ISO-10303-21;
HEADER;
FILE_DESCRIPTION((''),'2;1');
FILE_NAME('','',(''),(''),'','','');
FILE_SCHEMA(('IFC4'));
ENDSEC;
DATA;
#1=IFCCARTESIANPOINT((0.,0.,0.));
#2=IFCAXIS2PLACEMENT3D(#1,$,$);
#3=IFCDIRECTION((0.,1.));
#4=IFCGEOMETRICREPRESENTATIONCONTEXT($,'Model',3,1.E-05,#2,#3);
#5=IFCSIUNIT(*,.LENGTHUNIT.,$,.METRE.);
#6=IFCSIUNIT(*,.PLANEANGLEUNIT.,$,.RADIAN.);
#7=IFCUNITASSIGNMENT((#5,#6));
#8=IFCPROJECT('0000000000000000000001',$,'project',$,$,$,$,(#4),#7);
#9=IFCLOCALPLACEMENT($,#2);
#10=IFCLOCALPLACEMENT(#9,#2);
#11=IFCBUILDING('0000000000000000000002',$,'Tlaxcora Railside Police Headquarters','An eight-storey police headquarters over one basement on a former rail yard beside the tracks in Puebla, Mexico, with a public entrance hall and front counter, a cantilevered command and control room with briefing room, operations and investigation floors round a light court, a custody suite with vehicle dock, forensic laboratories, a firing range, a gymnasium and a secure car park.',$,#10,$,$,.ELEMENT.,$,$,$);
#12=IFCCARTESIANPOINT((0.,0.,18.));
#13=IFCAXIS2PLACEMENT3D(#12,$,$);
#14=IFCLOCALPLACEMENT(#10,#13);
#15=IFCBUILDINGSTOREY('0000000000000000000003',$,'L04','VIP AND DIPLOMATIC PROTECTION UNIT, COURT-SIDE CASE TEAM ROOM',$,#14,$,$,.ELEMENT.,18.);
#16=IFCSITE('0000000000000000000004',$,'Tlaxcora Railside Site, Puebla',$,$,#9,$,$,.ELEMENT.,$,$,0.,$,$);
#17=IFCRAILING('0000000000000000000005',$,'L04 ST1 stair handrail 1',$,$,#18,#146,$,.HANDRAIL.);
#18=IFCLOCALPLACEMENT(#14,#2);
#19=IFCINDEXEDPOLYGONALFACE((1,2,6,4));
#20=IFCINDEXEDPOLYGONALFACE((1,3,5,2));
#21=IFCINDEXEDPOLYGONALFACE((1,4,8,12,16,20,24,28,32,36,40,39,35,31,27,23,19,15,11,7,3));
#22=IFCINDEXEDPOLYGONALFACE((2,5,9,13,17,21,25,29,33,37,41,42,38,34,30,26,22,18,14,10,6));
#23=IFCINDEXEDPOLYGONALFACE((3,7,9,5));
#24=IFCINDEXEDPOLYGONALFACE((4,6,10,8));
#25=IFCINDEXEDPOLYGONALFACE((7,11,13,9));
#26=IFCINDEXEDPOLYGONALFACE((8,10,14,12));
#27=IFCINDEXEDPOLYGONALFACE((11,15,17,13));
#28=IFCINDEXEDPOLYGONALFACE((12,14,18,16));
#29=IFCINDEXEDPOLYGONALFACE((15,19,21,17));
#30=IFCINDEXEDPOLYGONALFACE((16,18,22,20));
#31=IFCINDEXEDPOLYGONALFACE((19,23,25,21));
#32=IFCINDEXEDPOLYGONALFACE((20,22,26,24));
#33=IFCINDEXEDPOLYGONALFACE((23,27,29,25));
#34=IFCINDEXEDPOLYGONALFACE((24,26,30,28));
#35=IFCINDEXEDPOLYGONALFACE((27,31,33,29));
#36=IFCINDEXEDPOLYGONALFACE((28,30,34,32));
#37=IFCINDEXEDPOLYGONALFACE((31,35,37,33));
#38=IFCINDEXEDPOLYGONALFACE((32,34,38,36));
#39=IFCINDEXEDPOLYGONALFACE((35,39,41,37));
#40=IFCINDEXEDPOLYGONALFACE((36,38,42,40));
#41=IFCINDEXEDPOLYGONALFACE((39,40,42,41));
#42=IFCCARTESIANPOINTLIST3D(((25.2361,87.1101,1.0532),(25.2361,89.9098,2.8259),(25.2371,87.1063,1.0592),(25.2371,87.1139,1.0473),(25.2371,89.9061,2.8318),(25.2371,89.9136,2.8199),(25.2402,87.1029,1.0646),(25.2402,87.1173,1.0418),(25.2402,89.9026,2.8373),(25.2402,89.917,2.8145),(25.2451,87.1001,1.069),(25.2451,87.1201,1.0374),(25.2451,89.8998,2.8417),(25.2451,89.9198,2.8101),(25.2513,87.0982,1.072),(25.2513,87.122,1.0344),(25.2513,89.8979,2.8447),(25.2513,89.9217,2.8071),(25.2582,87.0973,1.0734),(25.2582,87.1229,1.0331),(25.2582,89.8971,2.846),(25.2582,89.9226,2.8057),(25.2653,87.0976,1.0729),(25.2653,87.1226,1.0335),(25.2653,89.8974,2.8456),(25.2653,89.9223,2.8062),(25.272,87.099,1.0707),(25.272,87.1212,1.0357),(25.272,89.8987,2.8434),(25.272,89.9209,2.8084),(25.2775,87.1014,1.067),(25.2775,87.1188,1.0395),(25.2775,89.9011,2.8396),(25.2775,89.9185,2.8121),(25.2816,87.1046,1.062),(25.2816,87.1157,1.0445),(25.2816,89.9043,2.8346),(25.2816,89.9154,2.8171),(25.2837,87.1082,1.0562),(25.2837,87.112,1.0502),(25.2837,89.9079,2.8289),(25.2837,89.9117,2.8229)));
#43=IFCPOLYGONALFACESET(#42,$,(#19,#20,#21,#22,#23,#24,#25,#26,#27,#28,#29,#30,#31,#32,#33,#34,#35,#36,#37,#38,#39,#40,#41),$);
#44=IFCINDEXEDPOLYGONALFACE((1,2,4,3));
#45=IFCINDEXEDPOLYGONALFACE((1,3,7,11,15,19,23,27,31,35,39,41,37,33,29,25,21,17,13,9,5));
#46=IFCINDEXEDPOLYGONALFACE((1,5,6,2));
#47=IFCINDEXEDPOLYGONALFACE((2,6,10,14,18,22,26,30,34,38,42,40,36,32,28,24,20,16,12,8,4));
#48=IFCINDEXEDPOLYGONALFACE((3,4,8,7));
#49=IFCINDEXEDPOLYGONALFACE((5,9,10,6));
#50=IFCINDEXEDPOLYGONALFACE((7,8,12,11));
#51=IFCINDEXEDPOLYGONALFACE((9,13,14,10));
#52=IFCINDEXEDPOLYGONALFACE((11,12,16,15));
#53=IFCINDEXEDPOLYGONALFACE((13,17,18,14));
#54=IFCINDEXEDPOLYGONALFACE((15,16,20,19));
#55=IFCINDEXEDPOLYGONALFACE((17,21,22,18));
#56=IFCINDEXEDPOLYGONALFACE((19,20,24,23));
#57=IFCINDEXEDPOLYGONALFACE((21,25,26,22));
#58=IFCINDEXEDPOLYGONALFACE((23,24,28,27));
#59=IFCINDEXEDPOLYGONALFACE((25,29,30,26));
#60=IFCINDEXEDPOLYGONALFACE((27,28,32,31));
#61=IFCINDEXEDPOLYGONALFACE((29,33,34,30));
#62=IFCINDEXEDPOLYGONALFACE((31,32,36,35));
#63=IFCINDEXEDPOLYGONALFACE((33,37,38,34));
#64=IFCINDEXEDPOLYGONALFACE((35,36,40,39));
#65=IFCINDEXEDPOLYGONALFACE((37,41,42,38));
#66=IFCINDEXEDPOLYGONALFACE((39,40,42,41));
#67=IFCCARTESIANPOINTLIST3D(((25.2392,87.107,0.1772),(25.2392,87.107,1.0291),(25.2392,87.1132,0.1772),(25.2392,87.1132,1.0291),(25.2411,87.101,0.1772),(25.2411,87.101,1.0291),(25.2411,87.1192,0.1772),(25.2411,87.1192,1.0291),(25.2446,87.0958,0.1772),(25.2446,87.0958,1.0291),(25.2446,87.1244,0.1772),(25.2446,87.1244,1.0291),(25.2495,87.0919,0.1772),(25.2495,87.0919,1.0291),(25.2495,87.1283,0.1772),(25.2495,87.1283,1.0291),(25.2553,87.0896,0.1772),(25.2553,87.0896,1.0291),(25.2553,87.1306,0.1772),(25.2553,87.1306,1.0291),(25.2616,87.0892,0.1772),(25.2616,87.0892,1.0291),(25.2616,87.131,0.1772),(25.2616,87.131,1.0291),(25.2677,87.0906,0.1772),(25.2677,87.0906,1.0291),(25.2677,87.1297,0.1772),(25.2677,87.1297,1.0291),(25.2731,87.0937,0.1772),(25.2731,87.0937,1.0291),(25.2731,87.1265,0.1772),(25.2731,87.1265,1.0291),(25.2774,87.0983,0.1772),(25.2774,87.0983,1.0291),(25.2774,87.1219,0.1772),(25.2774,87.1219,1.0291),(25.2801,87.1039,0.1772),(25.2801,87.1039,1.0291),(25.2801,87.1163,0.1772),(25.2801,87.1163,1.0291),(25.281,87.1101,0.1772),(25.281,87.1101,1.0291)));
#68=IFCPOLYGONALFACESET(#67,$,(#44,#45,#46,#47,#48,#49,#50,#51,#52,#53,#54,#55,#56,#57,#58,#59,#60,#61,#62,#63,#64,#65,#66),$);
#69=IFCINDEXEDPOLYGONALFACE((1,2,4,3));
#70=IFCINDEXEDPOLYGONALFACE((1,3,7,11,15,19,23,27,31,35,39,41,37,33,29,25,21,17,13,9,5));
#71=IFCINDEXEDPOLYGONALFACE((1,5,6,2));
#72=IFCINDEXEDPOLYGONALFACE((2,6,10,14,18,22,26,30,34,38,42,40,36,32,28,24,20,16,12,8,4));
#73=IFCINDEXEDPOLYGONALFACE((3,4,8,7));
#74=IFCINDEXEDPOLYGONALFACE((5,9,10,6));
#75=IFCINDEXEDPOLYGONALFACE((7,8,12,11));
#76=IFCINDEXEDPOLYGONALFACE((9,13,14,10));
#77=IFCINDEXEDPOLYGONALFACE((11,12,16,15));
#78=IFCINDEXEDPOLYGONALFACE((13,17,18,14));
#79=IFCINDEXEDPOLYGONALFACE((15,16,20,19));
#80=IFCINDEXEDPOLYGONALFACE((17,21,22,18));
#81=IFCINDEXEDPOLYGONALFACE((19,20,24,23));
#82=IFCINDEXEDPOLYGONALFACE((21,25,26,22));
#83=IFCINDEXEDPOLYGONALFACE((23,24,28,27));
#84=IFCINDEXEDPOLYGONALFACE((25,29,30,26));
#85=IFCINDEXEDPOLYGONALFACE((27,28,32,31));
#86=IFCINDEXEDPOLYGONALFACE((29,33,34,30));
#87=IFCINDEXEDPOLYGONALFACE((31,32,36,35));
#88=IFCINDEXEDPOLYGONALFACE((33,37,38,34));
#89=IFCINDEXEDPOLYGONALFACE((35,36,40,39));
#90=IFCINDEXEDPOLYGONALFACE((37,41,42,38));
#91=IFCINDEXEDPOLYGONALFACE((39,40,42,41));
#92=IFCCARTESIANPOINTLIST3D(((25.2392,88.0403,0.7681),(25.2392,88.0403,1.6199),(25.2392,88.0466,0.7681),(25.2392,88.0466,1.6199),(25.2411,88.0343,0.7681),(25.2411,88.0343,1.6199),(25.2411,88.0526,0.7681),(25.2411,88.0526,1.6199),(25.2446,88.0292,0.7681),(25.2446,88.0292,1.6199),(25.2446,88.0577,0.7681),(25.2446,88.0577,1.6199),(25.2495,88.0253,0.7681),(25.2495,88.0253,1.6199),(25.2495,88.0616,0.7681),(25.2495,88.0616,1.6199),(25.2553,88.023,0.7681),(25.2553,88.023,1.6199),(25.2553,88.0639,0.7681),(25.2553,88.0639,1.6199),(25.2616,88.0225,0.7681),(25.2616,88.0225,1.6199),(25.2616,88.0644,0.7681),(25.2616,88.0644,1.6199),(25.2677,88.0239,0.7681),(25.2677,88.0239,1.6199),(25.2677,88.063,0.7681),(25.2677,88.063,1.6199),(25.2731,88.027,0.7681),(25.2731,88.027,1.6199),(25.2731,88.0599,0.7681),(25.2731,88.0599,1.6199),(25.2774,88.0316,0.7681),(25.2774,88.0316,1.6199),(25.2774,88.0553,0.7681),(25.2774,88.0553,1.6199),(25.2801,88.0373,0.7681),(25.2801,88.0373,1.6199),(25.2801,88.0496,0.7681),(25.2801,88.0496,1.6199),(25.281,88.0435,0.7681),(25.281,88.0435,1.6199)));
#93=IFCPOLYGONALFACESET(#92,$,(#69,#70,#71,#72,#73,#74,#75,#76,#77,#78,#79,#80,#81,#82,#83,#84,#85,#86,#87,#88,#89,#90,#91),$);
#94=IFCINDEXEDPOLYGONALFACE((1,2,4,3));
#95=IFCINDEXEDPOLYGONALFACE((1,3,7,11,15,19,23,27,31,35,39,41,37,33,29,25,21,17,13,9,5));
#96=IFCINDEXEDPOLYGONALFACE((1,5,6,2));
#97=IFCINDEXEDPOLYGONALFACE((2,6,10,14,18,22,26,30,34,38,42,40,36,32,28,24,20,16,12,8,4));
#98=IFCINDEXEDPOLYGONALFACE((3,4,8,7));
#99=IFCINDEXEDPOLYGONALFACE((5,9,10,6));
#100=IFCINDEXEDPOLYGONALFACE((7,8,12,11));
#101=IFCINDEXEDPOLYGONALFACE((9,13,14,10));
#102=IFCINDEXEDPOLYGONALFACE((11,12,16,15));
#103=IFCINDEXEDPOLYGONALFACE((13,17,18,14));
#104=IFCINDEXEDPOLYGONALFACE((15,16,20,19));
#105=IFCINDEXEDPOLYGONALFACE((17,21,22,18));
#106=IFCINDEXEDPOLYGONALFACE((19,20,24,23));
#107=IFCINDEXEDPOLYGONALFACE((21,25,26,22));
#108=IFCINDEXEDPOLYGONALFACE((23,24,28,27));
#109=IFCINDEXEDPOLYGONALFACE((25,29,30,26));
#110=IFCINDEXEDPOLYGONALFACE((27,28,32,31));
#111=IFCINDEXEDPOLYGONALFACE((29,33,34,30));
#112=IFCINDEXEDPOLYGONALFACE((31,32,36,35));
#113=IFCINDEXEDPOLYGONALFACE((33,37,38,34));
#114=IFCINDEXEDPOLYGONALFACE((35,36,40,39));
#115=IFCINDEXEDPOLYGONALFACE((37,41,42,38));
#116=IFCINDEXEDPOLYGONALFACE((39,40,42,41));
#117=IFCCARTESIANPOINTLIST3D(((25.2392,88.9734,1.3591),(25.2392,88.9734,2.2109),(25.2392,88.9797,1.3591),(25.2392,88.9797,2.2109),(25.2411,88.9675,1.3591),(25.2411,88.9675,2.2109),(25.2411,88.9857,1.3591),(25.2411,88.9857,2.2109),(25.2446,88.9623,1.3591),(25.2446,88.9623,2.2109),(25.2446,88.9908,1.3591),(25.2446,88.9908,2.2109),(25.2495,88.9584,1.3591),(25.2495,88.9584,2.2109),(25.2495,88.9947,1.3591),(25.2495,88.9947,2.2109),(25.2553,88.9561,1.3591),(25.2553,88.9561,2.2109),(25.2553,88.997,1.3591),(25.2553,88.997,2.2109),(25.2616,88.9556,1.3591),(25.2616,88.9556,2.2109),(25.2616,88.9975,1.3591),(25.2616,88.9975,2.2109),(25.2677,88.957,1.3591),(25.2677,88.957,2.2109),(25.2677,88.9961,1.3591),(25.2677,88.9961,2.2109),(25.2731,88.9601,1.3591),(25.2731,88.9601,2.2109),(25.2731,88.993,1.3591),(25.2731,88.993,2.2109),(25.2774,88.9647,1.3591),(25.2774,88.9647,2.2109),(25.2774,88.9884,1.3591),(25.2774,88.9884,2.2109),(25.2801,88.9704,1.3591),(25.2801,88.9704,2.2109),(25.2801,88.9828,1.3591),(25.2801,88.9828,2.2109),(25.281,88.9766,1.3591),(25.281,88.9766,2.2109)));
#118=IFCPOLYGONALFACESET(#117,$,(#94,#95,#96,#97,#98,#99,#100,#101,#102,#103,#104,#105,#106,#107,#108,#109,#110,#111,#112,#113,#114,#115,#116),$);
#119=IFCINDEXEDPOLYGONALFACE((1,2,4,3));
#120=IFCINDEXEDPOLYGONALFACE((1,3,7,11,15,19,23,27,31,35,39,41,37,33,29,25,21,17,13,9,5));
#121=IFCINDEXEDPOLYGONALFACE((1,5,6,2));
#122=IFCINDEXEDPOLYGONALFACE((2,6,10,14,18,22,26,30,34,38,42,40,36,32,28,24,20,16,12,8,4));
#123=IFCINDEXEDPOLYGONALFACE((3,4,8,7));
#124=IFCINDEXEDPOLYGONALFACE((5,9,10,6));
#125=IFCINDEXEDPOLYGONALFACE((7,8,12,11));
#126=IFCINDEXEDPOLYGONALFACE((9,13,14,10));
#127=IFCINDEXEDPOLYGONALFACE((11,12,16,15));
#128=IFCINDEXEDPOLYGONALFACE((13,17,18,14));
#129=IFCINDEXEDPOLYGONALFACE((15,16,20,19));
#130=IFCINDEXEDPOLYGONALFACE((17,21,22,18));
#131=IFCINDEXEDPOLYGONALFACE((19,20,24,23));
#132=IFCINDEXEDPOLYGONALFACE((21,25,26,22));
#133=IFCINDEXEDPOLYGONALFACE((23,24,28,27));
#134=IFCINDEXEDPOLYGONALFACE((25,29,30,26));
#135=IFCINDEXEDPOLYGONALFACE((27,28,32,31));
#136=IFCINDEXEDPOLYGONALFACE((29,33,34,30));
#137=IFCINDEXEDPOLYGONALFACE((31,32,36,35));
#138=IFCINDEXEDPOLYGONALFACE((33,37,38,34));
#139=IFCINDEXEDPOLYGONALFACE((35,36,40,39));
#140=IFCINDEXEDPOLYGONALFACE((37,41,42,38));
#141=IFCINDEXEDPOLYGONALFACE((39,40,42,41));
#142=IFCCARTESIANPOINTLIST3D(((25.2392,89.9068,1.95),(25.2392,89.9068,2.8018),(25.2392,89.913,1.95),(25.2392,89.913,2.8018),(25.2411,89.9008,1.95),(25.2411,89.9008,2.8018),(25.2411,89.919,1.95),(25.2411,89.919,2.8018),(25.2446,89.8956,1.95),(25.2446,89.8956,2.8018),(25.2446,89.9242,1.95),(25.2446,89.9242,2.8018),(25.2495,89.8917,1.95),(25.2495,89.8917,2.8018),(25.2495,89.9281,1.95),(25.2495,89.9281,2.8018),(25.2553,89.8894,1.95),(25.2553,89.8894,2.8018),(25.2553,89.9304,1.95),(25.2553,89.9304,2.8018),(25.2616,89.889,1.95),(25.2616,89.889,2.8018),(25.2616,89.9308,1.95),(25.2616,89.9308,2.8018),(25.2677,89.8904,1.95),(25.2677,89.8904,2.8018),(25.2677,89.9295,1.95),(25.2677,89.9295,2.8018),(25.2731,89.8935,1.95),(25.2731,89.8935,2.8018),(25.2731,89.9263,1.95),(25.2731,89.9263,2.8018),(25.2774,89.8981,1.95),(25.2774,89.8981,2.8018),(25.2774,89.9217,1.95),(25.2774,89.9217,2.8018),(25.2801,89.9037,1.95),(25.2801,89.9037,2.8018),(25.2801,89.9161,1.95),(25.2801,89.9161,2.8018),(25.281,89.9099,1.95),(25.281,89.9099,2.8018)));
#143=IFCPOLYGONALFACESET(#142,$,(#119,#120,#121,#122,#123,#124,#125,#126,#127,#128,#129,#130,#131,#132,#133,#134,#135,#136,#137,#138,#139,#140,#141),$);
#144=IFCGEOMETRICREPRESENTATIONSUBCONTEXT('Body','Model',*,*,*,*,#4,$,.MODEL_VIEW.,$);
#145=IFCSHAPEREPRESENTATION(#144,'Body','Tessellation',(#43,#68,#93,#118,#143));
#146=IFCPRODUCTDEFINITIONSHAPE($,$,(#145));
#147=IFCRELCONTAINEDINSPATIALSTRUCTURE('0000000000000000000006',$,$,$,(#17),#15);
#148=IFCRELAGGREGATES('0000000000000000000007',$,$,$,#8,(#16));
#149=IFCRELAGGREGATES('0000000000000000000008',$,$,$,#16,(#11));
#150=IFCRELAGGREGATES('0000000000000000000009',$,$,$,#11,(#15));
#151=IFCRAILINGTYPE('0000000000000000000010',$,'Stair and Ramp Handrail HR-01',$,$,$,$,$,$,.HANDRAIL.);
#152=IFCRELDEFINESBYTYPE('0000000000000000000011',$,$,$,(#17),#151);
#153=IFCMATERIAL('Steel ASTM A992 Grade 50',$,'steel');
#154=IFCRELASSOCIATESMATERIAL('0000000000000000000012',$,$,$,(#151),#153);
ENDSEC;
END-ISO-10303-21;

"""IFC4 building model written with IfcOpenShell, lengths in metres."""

from ifc_helpers import new_model, si_unit, direction, frame, origin, origin_2d, place, context, subcontext, project, spatial, circle, extrude, material, type_object, element, save


model = new_model("IFC4")

# Units and contexts
model_context = context("Model", 3, precision=1e-05, world=origin(), true_north=direction((0.0, 1.0)))
body_context = subcontext(model_context, "Body", "Model", "MODEL_VIEW")
ifc_project = project(units=[si_unit("LENGTHUNIT", "METRE"), si_unit("PLANEANGLEUNIT", "RADIAN")], contexts=[model_context])

# Site, building, storey
site_placement = place(None, origin())
site = spatial("IfcSite", under=ifc_project, at=site_placement, Name="Tlaxcora Railside Site, Puebla", CompositionType="ELEMENT", RefElevation=0.0)
building_placement = place(site_placement, origin())
building = spatial("IfcBuilding", under=site, at=building_placement, Name="Tlaxcora Railside Police Headquarters", Description="An eight-storey police headquarters over one basement on a former rail yard beside the tracks in Puebla, Mexico, with a public entrance hall and front counter, a cantilevered command and control room with briefing room, operations and investigation floors round a light court, a custody suite with vehicle dock, forensic laboratories, a firing range, a gymnasium and a secure car park.", CompositionType="ELEMENT")
storey_placement = place(building_placement, frame((0.0, 0.0, 18.0)))
storey = spatial("IfcBuildingStorey", under=building, at=storey_placement, Name="L04", Description="VIP AND DIPLOMATIC PROTECTION UNIT, COURT-SIDE CASE TEAM ROOM", CompositionType="ELEMENT", Elevation=18.0)

# Shared definitions
ifc_material_1 = material(Name="Steel ASTM A992 Grade 50", Category="steel")

# Railing
railing_type_1 = type_object("IfcRailingType", Name="Stair and Ramp Handrail HR-01", PredefinedType="HANDRAIL", material=ifc_material_1)
railing_1_placement = place(storey_placement, frame((25.26, 87.1101, 0.1772)))
element("IfcRailing", 1, at=railing_1_placement, inside=storey, type_object=railing_type_1, Name="L04 ST1 stair handrail 1", PredefinedType="HANDRAIL", context=body_context, shape_type="SweptSolid", body=[
    extrude(circle(Radius=0.0239, at=origin_2d()), frame((0.0, 0.0, 0.876), z_axis=(0.0, 0.844888, 0.534943), x_axis=(-1.0, 0.0, 0.0)), (0.0, 0.0, 1.0), 3.3137),
    extrude(circle(Radius=0.021, at=origin_2d()), origin(), (0.0, 0.0, 1.0), 0.8518),
    extrude(circle(Radius=0.021, at=origin_2d()), frame((0.0, 0.9333, 0.5908)), (0.0, 0.0, 1.0), 0.8518),
    extrude(circle(Radius=0.021, at=origin_2d()), frame((0.0, 1.8665, 1.1819)), (0.0, 0.0, 1.0), 0.8518),
    extrude(circle(Radius=0.021, at=origin_2d()), frame((0.0, 2.7998, 1.7727)), (0.0, 0.0, 1.0), 0.8518),
])

save(model, "model.ifc")
